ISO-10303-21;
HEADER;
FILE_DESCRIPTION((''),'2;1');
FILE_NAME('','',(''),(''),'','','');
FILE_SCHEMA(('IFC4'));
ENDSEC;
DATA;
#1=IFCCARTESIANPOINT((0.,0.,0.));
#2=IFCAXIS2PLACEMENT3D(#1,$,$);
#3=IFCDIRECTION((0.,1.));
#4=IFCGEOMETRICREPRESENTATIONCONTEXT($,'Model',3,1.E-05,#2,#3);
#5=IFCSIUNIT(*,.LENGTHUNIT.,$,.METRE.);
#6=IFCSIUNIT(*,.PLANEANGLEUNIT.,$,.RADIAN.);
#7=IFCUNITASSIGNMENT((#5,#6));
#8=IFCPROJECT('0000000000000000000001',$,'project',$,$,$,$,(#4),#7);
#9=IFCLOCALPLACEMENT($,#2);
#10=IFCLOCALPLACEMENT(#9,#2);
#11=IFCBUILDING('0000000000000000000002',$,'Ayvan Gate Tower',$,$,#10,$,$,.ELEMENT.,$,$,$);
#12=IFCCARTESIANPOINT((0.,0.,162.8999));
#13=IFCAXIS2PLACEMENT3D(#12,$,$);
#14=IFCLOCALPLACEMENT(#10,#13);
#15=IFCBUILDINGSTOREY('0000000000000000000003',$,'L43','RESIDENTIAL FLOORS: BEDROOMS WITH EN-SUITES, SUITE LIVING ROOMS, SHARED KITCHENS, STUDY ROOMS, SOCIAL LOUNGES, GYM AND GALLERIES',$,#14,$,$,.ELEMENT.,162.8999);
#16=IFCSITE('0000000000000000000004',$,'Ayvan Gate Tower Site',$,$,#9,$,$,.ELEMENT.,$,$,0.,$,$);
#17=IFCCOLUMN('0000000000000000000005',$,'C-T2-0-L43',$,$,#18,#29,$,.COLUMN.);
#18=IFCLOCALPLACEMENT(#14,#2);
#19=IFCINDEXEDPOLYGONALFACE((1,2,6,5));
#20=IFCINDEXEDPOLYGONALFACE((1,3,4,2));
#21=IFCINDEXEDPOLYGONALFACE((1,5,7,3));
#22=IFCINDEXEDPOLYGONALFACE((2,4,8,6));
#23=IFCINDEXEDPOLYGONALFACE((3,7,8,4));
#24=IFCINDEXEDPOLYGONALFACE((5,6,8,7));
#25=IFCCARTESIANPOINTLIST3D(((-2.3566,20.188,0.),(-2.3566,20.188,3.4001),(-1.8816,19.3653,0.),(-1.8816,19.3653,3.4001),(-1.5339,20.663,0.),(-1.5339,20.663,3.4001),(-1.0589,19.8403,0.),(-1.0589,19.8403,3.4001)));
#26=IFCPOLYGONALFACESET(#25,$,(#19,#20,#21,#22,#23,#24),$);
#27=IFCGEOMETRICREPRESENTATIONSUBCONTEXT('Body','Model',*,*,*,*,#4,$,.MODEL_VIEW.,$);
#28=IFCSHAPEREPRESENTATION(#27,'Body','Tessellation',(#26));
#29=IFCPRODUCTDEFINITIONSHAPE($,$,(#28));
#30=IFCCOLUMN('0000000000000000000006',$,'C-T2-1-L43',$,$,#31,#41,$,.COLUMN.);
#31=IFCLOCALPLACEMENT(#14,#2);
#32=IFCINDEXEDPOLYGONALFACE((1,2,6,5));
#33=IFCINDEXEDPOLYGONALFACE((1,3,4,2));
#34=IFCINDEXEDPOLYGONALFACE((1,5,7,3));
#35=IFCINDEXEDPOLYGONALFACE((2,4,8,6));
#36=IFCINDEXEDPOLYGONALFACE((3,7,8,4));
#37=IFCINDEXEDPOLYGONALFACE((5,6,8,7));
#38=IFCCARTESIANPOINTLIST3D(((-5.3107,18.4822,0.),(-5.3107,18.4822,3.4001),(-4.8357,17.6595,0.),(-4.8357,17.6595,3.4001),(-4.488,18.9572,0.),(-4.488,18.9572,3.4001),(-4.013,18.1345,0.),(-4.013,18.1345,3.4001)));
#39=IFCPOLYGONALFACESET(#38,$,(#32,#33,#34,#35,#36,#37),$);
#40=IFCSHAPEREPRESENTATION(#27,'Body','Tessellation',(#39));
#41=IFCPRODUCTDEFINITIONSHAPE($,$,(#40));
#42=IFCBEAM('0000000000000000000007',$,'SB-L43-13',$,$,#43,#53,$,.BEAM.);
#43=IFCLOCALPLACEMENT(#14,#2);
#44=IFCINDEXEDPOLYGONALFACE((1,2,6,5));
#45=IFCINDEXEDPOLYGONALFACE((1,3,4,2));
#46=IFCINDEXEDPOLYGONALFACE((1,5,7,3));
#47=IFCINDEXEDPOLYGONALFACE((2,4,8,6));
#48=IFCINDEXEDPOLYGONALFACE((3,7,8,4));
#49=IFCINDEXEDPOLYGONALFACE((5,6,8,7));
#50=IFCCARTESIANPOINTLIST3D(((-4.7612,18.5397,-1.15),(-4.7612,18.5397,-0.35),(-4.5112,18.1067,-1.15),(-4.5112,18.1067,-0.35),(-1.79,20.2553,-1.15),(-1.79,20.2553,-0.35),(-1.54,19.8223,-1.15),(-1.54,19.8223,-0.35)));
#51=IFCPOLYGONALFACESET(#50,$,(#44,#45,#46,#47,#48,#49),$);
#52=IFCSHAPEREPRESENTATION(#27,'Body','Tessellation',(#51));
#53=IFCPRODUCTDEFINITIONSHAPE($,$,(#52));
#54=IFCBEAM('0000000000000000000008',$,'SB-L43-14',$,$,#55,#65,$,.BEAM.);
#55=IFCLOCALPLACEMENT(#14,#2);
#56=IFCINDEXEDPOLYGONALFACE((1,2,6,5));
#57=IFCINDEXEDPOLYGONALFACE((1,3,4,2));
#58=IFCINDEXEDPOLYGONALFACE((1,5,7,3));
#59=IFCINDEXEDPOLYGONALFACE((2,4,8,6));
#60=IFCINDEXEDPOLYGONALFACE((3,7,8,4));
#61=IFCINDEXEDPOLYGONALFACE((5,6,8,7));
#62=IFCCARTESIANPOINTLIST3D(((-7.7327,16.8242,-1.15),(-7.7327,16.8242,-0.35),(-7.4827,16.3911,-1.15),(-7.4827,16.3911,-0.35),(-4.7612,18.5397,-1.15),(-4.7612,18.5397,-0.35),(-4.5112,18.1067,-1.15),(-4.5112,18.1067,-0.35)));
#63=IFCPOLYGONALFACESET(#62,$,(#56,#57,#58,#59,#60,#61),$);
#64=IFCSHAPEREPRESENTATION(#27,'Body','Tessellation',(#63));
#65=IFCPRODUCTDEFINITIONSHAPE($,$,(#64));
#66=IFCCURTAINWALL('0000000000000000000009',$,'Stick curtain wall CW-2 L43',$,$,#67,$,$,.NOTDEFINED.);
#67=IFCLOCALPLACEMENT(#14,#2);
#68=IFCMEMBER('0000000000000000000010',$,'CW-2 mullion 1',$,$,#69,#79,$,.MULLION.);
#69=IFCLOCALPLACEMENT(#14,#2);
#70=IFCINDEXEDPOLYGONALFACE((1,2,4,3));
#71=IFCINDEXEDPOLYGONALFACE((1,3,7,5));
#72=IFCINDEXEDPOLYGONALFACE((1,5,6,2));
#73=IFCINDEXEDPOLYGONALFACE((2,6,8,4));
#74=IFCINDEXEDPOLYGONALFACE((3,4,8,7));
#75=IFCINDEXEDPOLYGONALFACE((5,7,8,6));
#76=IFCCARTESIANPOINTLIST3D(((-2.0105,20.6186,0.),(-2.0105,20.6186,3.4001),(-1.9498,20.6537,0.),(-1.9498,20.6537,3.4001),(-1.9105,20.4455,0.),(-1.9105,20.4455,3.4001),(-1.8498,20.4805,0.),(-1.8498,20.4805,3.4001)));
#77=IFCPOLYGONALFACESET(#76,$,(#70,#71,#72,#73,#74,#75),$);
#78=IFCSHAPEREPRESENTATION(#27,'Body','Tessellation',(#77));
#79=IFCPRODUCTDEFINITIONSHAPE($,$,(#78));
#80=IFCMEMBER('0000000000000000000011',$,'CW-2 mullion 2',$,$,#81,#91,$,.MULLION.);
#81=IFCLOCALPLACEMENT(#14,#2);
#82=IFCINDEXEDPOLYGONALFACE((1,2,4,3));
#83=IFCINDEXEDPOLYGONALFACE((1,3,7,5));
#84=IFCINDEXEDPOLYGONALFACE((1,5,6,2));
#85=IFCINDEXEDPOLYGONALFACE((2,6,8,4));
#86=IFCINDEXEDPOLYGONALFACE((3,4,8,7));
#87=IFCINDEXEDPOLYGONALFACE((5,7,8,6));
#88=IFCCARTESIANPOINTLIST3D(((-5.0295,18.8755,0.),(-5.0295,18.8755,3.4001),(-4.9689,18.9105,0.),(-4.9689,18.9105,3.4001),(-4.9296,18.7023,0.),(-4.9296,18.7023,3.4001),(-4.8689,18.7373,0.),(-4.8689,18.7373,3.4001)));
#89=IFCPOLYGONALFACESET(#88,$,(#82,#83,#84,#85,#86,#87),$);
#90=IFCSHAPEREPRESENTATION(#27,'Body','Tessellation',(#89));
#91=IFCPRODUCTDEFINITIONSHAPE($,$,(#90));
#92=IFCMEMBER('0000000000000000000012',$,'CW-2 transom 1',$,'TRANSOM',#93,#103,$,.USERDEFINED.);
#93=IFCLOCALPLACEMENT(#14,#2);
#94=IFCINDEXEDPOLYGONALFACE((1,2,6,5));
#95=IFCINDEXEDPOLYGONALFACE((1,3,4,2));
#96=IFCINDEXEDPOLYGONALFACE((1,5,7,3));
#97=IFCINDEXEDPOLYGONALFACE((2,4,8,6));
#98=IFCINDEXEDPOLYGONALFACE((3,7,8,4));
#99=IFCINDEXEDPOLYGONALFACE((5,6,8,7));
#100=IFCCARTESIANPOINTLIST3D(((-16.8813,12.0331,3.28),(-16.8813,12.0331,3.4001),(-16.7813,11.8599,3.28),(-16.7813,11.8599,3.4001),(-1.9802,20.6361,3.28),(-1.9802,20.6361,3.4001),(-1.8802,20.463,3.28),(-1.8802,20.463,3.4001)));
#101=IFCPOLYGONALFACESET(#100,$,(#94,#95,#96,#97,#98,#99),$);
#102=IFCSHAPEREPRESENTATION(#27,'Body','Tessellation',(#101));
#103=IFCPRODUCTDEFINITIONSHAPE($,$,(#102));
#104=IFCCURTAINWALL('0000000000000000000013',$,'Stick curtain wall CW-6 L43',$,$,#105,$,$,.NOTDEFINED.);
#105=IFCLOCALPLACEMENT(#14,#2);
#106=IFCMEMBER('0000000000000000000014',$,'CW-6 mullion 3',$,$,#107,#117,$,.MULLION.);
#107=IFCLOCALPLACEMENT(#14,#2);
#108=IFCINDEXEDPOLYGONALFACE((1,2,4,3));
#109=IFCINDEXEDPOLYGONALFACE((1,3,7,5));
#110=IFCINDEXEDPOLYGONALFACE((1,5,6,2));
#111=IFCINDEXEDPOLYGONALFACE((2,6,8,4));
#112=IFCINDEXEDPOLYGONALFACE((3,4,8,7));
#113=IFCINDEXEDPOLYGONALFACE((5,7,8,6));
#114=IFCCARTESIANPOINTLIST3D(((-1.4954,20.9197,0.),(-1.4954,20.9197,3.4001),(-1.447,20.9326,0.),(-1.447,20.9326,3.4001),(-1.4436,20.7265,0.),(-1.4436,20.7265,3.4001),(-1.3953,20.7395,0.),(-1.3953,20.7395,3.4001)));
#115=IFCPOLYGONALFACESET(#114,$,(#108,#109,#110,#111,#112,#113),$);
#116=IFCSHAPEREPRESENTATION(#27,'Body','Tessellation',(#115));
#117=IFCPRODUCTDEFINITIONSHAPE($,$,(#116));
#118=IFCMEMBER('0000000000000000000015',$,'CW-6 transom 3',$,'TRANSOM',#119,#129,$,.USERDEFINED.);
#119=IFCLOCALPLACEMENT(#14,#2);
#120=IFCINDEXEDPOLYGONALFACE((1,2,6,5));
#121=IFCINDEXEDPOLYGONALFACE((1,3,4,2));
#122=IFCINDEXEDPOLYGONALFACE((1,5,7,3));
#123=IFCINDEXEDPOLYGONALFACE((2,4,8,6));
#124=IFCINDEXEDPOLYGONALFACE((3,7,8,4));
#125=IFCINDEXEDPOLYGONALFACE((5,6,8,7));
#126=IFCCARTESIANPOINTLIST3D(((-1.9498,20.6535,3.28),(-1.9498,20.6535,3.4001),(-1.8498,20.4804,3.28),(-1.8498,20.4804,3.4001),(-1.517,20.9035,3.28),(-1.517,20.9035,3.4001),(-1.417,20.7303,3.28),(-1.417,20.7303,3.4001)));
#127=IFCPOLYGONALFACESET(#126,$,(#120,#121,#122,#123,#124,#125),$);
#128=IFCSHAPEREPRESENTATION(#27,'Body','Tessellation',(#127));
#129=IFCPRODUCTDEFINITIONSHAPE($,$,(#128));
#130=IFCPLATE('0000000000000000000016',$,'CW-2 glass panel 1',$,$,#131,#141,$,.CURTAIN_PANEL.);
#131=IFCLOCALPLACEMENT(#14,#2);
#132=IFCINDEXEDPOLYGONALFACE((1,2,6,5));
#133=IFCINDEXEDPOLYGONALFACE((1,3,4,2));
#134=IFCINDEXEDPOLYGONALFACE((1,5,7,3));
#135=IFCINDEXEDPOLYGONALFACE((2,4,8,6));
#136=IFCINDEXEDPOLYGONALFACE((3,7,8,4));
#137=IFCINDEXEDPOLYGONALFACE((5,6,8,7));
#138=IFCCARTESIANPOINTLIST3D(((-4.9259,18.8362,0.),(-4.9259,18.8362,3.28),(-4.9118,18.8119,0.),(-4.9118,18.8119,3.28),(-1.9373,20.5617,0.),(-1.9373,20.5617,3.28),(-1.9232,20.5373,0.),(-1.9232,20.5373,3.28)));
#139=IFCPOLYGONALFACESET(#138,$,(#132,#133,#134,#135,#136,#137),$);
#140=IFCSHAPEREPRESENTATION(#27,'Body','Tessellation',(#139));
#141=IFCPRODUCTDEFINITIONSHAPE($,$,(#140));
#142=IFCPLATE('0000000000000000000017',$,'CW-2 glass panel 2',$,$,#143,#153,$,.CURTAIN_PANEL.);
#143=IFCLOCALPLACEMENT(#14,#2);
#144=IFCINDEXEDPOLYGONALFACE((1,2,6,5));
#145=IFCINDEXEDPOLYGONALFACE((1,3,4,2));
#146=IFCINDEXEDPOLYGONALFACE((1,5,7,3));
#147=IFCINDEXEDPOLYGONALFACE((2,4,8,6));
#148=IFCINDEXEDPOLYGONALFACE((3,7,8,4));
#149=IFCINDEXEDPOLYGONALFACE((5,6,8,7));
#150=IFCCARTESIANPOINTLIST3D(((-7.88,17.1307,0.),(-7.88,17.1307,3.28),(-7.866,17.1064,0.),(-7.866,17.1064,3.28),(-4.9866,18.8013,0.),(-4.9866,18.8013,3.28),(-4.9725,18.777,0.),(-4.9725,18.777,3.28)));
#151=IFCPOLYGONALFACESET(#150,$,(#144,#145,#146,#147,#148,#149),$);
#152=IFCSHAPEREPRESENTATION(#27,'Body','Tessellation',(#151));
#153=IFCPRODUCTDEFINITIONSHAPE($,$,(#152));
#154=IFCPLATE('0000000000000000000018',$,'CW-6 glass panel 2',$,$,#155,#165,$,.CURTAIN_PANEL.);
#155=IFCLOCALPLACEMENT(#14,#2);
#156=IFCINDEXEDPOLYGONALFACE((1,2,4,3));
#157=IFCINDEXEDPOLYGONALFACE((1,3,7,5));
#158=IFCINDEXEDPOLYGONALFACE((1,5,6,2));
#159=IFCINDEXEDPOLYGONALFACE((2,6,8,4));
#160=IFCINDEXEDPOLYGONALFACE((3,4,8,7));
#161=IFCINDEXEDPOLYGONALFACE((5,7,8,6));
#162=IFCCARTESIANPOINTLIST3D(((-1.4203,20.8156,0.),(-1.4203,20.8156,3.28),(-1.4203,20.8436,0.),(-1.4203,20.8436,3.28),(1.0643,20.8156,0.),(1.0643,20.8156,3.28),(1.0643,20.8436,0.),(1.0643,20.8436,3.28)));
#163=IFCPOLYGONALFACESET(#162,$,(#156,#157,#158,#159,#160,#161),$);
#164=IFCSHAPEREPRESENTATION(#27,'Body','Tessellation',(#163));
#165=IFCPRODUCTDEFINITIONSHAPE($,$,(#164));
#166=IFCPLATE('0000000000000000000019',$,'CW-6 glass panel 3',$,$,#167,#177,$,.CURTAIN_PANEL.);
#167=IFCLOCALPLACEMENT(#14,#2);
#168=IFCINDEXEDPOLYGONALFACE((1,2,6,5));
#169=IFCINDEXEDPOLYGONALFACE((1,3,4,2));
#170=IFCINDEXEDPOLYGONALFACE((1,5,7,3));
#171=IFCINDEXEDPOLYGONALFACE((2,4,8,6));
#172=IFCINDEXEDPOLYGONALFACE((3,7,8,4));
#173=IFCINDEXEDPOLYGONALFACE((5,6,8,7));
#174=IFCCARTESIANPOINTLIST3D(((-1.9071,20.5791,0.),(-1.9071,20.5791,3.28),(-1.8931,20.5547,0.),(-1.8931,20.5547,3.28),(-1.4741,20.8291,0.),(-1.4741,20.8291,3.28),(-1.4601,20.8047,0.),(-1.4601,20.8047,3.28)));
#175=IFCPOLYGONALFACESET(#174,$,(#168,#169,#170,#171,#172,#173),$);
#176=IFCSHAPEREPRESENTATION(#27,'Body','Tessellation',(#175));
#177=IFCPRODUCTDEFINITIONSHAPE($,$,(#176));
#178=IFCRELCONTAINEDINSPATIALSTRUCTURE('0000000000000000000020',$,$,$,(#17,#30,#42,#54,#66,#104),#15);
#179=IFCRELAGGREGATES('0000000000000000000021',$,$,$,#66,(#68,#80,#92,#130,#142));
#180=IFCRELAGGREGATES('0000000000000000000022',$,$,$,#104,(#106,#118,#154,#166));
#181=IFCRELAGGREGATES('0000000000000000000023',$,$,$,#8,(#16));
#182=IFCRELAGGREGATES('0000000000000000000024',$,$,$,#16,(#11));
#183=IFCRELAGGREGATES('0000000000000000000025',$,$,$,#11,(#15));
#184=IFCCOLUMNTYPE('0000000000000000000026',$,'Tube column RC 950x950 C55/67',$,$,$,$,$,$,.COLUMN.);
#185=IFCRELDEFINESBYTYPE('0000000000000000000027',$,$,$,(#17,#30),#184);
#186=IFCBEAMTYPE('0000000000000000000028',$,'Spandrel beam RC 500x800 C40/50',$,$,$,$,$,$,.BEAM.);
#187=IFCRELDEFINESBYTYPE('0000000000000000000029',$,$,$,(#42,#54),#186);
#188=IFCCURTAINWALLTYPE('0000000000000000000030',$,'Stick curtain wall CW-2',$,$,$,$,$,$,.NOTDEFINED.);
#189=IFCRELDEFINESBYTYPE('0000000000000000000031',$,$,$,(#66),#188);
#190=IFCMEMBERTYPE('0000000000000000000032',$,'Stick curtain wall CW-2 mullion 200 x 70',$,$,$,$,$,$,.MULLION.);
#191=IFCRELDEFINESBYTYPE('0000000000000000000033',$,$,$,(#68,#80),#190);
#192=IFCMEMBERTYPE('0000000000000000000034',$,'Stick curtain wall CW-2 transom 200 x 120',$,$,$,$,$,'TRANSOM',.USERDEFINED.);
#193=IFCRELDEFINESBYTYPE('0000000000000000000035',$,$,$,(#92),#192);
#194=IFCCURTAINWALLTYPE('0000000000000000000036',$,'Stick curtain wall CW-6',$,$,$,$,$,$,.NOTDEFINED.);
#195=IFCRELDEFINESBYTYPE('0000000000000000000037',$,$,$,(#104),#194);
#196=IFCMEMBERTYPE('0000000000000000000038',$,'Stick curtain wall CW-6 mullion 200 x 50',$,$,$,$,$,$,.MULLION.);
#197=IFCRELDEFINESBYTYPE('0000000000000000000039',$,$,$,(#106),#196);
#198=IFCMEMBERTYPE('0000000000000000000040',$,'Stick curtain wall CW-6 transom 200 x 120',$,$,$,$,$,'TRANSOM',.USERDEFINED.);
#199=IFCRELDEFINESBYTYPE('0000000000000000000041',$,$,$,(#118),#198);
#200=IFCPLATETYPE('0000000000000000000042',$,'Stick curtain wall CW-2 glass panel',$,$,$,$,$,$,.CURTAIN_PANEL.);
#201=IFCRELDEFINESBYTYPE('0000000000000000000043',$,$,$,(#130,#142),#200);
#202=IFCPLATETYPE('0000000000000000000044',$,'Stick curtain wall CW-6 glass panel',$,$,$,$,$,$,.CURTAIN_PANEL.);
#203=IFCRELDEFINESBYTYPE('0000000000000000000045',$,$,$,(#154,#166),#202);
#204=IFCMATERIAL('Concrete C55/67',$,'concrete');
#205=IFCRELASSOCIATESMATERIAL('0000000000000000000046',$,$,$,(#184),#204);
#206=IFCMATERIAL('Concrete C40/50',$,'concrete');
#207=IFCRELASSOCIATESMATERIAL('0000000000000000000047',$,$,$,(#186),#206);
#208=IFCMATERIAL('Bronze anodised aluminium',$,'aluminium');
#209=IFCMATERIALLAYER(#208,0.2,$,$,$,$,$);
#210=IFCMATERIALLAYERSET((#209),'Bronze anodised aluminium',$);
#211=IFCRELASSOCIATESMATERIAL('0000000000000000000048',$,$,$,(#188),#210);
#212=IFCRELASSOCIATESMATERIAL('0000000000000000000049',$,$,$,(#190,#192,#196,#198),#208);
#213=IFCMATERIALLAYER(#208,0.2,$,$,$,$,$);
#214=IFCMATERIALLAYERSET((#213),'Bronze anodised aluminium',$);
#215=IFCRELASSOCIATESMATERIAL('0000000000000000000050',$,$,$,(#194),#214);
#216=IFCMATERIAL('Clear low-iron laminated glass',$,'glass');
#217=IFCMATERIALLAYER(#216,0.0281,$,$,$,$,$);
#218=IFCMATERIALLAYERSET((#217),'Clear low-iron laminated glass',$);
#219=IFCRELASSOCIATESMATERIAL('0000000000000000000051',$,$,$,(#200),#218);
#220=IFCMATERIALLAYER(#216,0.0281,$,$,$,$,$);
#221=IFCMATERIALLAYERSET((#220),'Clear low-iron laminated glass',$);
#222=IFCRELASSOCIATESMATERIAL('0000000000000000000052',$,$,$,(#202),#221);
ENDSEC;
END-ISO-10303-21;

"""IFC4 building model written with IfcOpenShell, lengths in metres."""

from ifc_helpers import new_model, si_unit, direction, frame, origin, origin_2d, place, context, subcontext, project, spatial, rectangle, extrude, material, layer, layer_set, material_profile, profile_set, type_object, element, aggregate, save


model = new_model("IFC4")

# Units and contexts
model_context = context("Model", 3, precision=1e-05, world=origin(), true_north=direction((0.0, 1.0)))
body_context = subcontext(model_context, "Body", "Model", "MODEL_VIEW")
ifc_project = project(units=[si_unit("LENGTHUNIT", "METRE"), si_unit("PLANEANGLEUNIT", "RADIAN")], contexts=[model_context])

# Site, building, storey
site_placement = place(None, origin())
site = spatial("IfcSite", under=ifc_project, at=site_placement, Name="Ayvan Gate Tower Site", CompositionType="ELEMENT", RefElevation=0.0)
building_placement = place(site_placement, origin())
building = spatial("IfcBuilding", under=site, at=building_placement, Name="Ayvan Gate Tower", CompositionType="ELEMENT")
storey_placement = place(building_placement, frame((0.0, 0.0, 162.8999)))
storey = spatial("IfcBuildingStorey", under=building, at=storey_placement, Name="L43", Description="RESIDENTIAL FLOORS: BEDROOMS WITH EN-SUITES, SUITE LIVING ROOMS, SHARED KITCHENS, STUDY ROOMS, SOCIAL LOUNGES, GYM AND GALLERIES", CompositionType="ELEMENT", Elevation=162.8999)

# Columns
ifc_material_1 = material(Name="Concrete C55/67", Category="concrete")
ifc_material_profile_1 = material_profile(ifc_material_1, rectangle(XDim=0.95, YDim=0.95, at=origin_2d()), Name="RC 950x950")
ifc_profile_set_1 = profile_set([ifc_material_profile_1], Name="Concrete C55/67")
column_type = type_object("IfcColumnType", Name="Tube column RC 950x950 C55/67", PredefinedType="COLUMN", material=ifc_profile_set_1)
for number, where, z_axis, x_axis, name in (
    (1, (-1.7078, 20.0142, 0.0), (0.0, 0.0, 1.0), (-0.5, 0.866025, 0.0), "C-T2-0-L43"),
    (2, (-4.6619, 18.3083, 0.0), (0.0, 0.0, 1.0), (-0.5, 0.866025, 0.0), "C-T2-1-L43"),
):
    element("IfcColumn", number, at=place(storey_placement, frame(where, z_axis=z_axis, x_axis=x_axis)), inside=storey, type_object=column_type, Name=name, PredefinedType="COLUMN", context=body_context, shape_type="SweptSolid", body=[
        extrude(rectangle(XDim=0.95, YDim=0.95, at=origin_2d()), origin(), (0.0, 0.0, 1.0), 3.4001),
    ])

# Beams
ifc_material_2 = material(Name="Concrete C40/50", Category="concrete")
ifc_material_profile_2 = material_profile(ifc_material_2, rectangle(XDim=0.5, YDim=0.8, at=origin_2d()), Name="RC 500x800")
ifc_profile_set_2 = profile_set([ifc_material_profile_2], Name="Concrete C40/50")
beam_type = type_object("IfcBeamType", Name="Spandrel beam RC 500x800 C40/50", PredefinedType="BEAM", material=ifc_profile_set_2)
beam_1_placement = place(storey_placement, frame((-1.665, 20.0388, -0.75), z_axis=(-0.866005, -0.500035, 0.0), x_axis=(0.500035, -0.866005, 0.0)))
element("IfcBeam", 3, at=beam_1_placement, inside=storey, type_object=beam_type, Name="SB-L43-13", PredefinedType="BEAM", context=body_context, shape_type="SweptSolid", body=[
    extrude(rectangle(XDim=0.5, YDim=0.8, at=origin_2d()), origin(), (0.0, 0.0, 1.0), 3.4309),
])
beam_2_placement = place(storey_placement, frame((-4.6362, 18.3232, -0.75), z_axis=(-0.866023, -0.500004, 0.0), x_axis=(0.500004, -0.866023, 0.0)))
element("IfcBeam", 4, at=beam_2_placement, inside=storey, type_object=beam_type, Name="SB-L43-14", PredefinedType="BEAM", context=body_context, shape_type="SweptSolid", body=[
    extrude(rectangle(XDim=0.5, YDim=0.8, at=origin_2d()), origin(), (0.0, 0.0, 1.0), 3.4312),
])

# Curtain walls, members
ifc_material_3 = material(Name="Bronze anodised aluminium", Category="aluminium")
ifc_layer_1 = layer(ifc_material_3, 0.2)
ifc_layer_set_1 = layer_set([ifc_layer_1], Name="Bronze anodised aluminium")
curtain_wall_type_1 = type_object("IfcCurtainWallType", Name="Stick curtain wall CW-2", PredefinedType="NOTDEFINED", material=ifc_layer_set_1)
curtain_wall_1_placement = place(storey_placement, origin())
curtain_wall_1 = element("IfcCurtainWall", 5, at=curtain_wall_1_placement, inside=storey, type_object=curtain_wall_type_1, Name="Stick curtain wall CW-2 L43", PredefinedType="NOTDEFINED")
ifc_material_profile_3 = material_profile(ifc_material_3, rectangle(XDim=0.2, YDim=0.0701, at=origin_2d()), Name="Stick curtain wall CW-2 mullion 200 x 70")
ifc_profile_set_3 = profile_set([ifc_material_profile_3], Name="Bronze anodised aluminium")
member_type_1 = type_object("IfcMemberType", Name="Stick curtain wall CW-2 mullion 200 x 70", PredefinedType="MULLION", material=ifc_profile_set_3)
member_1_placement = place(storey_placement, frame((-1.9302, 20.5496, 0.0), z_axis=(0.0, 0.0, 1.0), x_axis=(-0.5, 0.866025, 0.0)))
member_1 = element("IfcMember", 6, at=member_1_placement, type_object=member_type_1, Name="CW-2 mullion 1", PredefinedType="MULLION", context=body_context, shape_type="SweptSolid", body=[
    extrude(rectangle(XDim=0.2, YDim=0.0701, at=origin_2d()), origin(), (0.0, 0.0, 1.0), 3.4001),
])
member_2_placement = place(storey_placement, frame((-4.9492, 18.8064, 0.0), z_axis=(0.0, 0.0, 1.0), x_axis=(-0.5, 0.866025, 0.0)))
member_2 = element("IfcMember", 7, at=member_2_placement, type_object=member_type_1, Name="CW-2 mullion 2", PredefinedType="MULLION", context=body_context, shape_type="SweptSolid", body=[
    extrude(rectangle(XDim=0.2, YDim=0.0701, at=origin_2d()), origin(), (0.0, 0.0, 1.0), 3.4001),
])
ifc_material_profile_4 = material_profile(ifc_material_3, rectangle(XDim=0.2, YDim=0.1201, at=origin_2d()), Name="Stick curtain wall CW-2 transom 200 x 120")
ifc_profile_set_4 = profile_set([ifc_material_profile_4], Name="Bronze anodised aluminium")
member_type_2 = type_object("IfcMemberType", Name="Stick curtain wall CW-2 transom 200 x 120", ElementType="TRANSOM", PredefinedType="USERDEFINED", material=ifc_profile_set_4)
member_3_placement = place(storey_placement, frame((-1.9302, 20.5496, 3.3401), z_axis=(-0.866029, -0.499994, 0.0), x_axis=(0.499994, -0.866029, 0.0)))
member_3 = element("IfcMember", 8, at=member_3_placement, type_object=member_type_2, Name="CW-2 transom 1", ObjectType="TRANSOM", PredefinedType="USERDEFINED", context=body_context, shape_type="SweptSolid", body=[
    extrude(rectangle(XDim=0.2, YDim=0.1201, at=origin_2d()), origin(), (0.0, 0.0, 1.0), 17.2063),
])
ifc_layer_2 = layer(ifc_material_3, 0.2)
ifc_layer_set_2 = layer_set([ifc_layer_2], Name="Bronze anodised aluminium")
curtain_wall_type_2 = type_object("IfcCurtainWallType", Name="Stick curtain wall CW-6", PredefinedType="NOTDEFINED", material=ifc_layer_set_2)
curtain_wall_2_placement = place(storey_placement, origin())
curtain_wall_2 = element("IfcCurtainWall", 9, at=curtain_wall_2_placement, inside=storey, type_object=curtain_wall_type_2, Name="Stick curtain wall CW-6 L43", PredefinedType="NOTDEFINED")
ifc_material_profile_5 = material_profile(ifc_material_3, rectangle(XDim=0.2, YDim=0.05, at=origin_2d()), Name="Stick curtain wall CW-6 mullion 200 x 50")
ifc_profile_set_5 = profile_set([ifc_material_profile_5], Name="Bronze anodised aluminium")
member_type_3 = type_object("IfcMemberType", Name="Stick curtain wall CW-6 mullion 200 x 50", PredefinedType="MULLION", material=ifc_profile_set_5)
member_4_placement = place(storey_placement, frame((-1.4453, 20.8296, 0.0), z_axis=(0.0, 0.0, 1.0), x_axis=(-0.258819, 0.965926, 0.0)))
member_4 = element("IfcMember", 10, at=member_4_placement, type_object=member_type_3, Name="CW-6 mullion 3", PredefinedType="MULLION", context=body_context, shape_type="SweptSolid", body=[
    extrude(rectangle(XDim=0.2, YDim=0.05, at=origin_2d()), origin(), (0.0, 0.0, 1.0), 3.4001),
])
ifc_material_profile_6 = material_profile(ifc_material_3, rectangle(XDim=0.2, YDim=0.1201, at=origin_2d()), Name="Stick curtain wall CW-6 transom 200 x 120")
ifc_profile_set_6 = profile_set([ifc_material_profile_6], Name="Bronze anodised aluminium")
member_type_4 = type_object("IfcMemberType", Name="Stick curtain wall CW-6 transom 200 x 120", ElementType="TRANSOM", PredefinedType="USERDEFINED", material=ifc_profile_set_6)
member_5_placement = place(storey_placement, frame((-1.467, 20.8169, 3.3401), z_axis=(-0.86595, -0.500131, 0.0), x_axis=(0.500131, -0.86595, 0.0)))
member_5 = element("IfcMember", 11, at=member_5_placement, type_object=member_type_4, Name="CW-6 transom 3", ObjectType="TRANSOM", PredefinedType="USERDEFINED", context=body_context, shape_type="SweptSolid", body=[
    extrude(rectangle(XDim=0.2, YDim=0.1201, at=origin_2d()), origin(), (0.0, 0.0, 1.0), 0.4998),
])

# Plates
ifc_material_4 = material(Name="Clear low-iron laminated glass", Category="glass")
ifc_layer_3 = layer(ifc_material_4, 0.0281)
ifc_layer_set_3 = layer_set([ifc_layer_3], Name="Clear low-iron laminated glass")
plate_type_1 = type_object("IfcPlateType", Name="Stick curtain wall CW-2 glass panel", PredefinedType="CURTAIN_PANEL", material=ifc_layer_set_3)
plate_1_placement = place(storey_placement, frame((-3.4246, 19.6868, 0.0), z_axis=(0.0, 0.0, 1.0), x_axis=(-0.866025, -0.5, 0.0)))
plate_1 = element("IfcPlate", 12, at=plate_1_placement, type_object=plate_type_1, Name="CW-2 glass panel 1", PredefinedType="CURTAIN_PANEL", context=body_context, shape_type="SweptSolid", body=[
    extrude(rectangle(XDim=3.4509, YDim=0.0281, at=origin_2d()), origin(), (0.0, 0.0, 1.0), 3.28),
])
plate_2_placement = place(storey_placement, frame((-6.4263, 17.9539, 0.0), z_axis=(0.0, 0.0, 1.0), x_axis=(-0.866025, -0.5, 0.0)))
plate_2 = element("IfcPlate", 13, at=plate_2_placement, type_object=plate_type_1, Name="CW-2 glass panel 2", PredefinedType="CURTAIN_PANEL", context=body_context, shape_type="SweptSolid", body=[
    extrude(rectangle(XDim=3.3411, YDim=0.0281, at=origin_2d()), origin(), (0.0, 0.0, 1.0), 3.28),
])
aggregate(curtain_wall_1, [member_1, member_2, member_3, plate_1, plate_2])
ifc_layer_4 = layer(ifc_material_4, 0.0281)
ifc_layer_set_4 = layer_set([ifc_layer_4], Name="Clear low-iron laminated glass")
plate_type_2 = type_object("IfcPlateType", Name="Stick curtain wall CW-6 glass panel", PredefinedType="CURTAIN_PANEL", material=ifc_layer_set_4)
plate_3_placement = place(storey_placement, frame((-0.178, 20.8296, 0.0), z_axis=(0.0, 0.0, 1.0), x_axis=(-1.0, 0.0, 0.0)))
plate_3 = element("IfcPlate", 14, at=plate_3_placement, type_object=plate_type_2, Name="CW-6 glass panel 2", PredefinedType="CURTAIN_PANEL", context=body_context, shape_type="SweptSolid", body=[
    extrude(rectangle(XDim=2.4846, YDim=0.0281, at=origin_2d()), origin(), (0.0, 0.0, 1.0), 3.28),
])
plate_4_placement = place(storey_placement, frame((-1.6836, 20.6919, 0.0), z_axis=(0.0, 0.0, 1.0), x_axis=(-0.866025, -0.5, 0.0)))
plate_4 = element("IfcPlate", 15, at=plate_4_placement, type_object=plate_type_2, Name="CW-6 glass panel 3", PredefinedType="CURTAIN_PANEL", context=body_context, shape_type="SweptSolid", body=[
    extrude(rectangle(XDim=0.5, YDim=0.0281, at=origin_2d()), origin(), (0.0, 0.0, 1.0), 3.28),
])
aggregate(curtain_wall_2, [member_4, member_5, plate_3, plate_4])

save(model, "model.ifc")
